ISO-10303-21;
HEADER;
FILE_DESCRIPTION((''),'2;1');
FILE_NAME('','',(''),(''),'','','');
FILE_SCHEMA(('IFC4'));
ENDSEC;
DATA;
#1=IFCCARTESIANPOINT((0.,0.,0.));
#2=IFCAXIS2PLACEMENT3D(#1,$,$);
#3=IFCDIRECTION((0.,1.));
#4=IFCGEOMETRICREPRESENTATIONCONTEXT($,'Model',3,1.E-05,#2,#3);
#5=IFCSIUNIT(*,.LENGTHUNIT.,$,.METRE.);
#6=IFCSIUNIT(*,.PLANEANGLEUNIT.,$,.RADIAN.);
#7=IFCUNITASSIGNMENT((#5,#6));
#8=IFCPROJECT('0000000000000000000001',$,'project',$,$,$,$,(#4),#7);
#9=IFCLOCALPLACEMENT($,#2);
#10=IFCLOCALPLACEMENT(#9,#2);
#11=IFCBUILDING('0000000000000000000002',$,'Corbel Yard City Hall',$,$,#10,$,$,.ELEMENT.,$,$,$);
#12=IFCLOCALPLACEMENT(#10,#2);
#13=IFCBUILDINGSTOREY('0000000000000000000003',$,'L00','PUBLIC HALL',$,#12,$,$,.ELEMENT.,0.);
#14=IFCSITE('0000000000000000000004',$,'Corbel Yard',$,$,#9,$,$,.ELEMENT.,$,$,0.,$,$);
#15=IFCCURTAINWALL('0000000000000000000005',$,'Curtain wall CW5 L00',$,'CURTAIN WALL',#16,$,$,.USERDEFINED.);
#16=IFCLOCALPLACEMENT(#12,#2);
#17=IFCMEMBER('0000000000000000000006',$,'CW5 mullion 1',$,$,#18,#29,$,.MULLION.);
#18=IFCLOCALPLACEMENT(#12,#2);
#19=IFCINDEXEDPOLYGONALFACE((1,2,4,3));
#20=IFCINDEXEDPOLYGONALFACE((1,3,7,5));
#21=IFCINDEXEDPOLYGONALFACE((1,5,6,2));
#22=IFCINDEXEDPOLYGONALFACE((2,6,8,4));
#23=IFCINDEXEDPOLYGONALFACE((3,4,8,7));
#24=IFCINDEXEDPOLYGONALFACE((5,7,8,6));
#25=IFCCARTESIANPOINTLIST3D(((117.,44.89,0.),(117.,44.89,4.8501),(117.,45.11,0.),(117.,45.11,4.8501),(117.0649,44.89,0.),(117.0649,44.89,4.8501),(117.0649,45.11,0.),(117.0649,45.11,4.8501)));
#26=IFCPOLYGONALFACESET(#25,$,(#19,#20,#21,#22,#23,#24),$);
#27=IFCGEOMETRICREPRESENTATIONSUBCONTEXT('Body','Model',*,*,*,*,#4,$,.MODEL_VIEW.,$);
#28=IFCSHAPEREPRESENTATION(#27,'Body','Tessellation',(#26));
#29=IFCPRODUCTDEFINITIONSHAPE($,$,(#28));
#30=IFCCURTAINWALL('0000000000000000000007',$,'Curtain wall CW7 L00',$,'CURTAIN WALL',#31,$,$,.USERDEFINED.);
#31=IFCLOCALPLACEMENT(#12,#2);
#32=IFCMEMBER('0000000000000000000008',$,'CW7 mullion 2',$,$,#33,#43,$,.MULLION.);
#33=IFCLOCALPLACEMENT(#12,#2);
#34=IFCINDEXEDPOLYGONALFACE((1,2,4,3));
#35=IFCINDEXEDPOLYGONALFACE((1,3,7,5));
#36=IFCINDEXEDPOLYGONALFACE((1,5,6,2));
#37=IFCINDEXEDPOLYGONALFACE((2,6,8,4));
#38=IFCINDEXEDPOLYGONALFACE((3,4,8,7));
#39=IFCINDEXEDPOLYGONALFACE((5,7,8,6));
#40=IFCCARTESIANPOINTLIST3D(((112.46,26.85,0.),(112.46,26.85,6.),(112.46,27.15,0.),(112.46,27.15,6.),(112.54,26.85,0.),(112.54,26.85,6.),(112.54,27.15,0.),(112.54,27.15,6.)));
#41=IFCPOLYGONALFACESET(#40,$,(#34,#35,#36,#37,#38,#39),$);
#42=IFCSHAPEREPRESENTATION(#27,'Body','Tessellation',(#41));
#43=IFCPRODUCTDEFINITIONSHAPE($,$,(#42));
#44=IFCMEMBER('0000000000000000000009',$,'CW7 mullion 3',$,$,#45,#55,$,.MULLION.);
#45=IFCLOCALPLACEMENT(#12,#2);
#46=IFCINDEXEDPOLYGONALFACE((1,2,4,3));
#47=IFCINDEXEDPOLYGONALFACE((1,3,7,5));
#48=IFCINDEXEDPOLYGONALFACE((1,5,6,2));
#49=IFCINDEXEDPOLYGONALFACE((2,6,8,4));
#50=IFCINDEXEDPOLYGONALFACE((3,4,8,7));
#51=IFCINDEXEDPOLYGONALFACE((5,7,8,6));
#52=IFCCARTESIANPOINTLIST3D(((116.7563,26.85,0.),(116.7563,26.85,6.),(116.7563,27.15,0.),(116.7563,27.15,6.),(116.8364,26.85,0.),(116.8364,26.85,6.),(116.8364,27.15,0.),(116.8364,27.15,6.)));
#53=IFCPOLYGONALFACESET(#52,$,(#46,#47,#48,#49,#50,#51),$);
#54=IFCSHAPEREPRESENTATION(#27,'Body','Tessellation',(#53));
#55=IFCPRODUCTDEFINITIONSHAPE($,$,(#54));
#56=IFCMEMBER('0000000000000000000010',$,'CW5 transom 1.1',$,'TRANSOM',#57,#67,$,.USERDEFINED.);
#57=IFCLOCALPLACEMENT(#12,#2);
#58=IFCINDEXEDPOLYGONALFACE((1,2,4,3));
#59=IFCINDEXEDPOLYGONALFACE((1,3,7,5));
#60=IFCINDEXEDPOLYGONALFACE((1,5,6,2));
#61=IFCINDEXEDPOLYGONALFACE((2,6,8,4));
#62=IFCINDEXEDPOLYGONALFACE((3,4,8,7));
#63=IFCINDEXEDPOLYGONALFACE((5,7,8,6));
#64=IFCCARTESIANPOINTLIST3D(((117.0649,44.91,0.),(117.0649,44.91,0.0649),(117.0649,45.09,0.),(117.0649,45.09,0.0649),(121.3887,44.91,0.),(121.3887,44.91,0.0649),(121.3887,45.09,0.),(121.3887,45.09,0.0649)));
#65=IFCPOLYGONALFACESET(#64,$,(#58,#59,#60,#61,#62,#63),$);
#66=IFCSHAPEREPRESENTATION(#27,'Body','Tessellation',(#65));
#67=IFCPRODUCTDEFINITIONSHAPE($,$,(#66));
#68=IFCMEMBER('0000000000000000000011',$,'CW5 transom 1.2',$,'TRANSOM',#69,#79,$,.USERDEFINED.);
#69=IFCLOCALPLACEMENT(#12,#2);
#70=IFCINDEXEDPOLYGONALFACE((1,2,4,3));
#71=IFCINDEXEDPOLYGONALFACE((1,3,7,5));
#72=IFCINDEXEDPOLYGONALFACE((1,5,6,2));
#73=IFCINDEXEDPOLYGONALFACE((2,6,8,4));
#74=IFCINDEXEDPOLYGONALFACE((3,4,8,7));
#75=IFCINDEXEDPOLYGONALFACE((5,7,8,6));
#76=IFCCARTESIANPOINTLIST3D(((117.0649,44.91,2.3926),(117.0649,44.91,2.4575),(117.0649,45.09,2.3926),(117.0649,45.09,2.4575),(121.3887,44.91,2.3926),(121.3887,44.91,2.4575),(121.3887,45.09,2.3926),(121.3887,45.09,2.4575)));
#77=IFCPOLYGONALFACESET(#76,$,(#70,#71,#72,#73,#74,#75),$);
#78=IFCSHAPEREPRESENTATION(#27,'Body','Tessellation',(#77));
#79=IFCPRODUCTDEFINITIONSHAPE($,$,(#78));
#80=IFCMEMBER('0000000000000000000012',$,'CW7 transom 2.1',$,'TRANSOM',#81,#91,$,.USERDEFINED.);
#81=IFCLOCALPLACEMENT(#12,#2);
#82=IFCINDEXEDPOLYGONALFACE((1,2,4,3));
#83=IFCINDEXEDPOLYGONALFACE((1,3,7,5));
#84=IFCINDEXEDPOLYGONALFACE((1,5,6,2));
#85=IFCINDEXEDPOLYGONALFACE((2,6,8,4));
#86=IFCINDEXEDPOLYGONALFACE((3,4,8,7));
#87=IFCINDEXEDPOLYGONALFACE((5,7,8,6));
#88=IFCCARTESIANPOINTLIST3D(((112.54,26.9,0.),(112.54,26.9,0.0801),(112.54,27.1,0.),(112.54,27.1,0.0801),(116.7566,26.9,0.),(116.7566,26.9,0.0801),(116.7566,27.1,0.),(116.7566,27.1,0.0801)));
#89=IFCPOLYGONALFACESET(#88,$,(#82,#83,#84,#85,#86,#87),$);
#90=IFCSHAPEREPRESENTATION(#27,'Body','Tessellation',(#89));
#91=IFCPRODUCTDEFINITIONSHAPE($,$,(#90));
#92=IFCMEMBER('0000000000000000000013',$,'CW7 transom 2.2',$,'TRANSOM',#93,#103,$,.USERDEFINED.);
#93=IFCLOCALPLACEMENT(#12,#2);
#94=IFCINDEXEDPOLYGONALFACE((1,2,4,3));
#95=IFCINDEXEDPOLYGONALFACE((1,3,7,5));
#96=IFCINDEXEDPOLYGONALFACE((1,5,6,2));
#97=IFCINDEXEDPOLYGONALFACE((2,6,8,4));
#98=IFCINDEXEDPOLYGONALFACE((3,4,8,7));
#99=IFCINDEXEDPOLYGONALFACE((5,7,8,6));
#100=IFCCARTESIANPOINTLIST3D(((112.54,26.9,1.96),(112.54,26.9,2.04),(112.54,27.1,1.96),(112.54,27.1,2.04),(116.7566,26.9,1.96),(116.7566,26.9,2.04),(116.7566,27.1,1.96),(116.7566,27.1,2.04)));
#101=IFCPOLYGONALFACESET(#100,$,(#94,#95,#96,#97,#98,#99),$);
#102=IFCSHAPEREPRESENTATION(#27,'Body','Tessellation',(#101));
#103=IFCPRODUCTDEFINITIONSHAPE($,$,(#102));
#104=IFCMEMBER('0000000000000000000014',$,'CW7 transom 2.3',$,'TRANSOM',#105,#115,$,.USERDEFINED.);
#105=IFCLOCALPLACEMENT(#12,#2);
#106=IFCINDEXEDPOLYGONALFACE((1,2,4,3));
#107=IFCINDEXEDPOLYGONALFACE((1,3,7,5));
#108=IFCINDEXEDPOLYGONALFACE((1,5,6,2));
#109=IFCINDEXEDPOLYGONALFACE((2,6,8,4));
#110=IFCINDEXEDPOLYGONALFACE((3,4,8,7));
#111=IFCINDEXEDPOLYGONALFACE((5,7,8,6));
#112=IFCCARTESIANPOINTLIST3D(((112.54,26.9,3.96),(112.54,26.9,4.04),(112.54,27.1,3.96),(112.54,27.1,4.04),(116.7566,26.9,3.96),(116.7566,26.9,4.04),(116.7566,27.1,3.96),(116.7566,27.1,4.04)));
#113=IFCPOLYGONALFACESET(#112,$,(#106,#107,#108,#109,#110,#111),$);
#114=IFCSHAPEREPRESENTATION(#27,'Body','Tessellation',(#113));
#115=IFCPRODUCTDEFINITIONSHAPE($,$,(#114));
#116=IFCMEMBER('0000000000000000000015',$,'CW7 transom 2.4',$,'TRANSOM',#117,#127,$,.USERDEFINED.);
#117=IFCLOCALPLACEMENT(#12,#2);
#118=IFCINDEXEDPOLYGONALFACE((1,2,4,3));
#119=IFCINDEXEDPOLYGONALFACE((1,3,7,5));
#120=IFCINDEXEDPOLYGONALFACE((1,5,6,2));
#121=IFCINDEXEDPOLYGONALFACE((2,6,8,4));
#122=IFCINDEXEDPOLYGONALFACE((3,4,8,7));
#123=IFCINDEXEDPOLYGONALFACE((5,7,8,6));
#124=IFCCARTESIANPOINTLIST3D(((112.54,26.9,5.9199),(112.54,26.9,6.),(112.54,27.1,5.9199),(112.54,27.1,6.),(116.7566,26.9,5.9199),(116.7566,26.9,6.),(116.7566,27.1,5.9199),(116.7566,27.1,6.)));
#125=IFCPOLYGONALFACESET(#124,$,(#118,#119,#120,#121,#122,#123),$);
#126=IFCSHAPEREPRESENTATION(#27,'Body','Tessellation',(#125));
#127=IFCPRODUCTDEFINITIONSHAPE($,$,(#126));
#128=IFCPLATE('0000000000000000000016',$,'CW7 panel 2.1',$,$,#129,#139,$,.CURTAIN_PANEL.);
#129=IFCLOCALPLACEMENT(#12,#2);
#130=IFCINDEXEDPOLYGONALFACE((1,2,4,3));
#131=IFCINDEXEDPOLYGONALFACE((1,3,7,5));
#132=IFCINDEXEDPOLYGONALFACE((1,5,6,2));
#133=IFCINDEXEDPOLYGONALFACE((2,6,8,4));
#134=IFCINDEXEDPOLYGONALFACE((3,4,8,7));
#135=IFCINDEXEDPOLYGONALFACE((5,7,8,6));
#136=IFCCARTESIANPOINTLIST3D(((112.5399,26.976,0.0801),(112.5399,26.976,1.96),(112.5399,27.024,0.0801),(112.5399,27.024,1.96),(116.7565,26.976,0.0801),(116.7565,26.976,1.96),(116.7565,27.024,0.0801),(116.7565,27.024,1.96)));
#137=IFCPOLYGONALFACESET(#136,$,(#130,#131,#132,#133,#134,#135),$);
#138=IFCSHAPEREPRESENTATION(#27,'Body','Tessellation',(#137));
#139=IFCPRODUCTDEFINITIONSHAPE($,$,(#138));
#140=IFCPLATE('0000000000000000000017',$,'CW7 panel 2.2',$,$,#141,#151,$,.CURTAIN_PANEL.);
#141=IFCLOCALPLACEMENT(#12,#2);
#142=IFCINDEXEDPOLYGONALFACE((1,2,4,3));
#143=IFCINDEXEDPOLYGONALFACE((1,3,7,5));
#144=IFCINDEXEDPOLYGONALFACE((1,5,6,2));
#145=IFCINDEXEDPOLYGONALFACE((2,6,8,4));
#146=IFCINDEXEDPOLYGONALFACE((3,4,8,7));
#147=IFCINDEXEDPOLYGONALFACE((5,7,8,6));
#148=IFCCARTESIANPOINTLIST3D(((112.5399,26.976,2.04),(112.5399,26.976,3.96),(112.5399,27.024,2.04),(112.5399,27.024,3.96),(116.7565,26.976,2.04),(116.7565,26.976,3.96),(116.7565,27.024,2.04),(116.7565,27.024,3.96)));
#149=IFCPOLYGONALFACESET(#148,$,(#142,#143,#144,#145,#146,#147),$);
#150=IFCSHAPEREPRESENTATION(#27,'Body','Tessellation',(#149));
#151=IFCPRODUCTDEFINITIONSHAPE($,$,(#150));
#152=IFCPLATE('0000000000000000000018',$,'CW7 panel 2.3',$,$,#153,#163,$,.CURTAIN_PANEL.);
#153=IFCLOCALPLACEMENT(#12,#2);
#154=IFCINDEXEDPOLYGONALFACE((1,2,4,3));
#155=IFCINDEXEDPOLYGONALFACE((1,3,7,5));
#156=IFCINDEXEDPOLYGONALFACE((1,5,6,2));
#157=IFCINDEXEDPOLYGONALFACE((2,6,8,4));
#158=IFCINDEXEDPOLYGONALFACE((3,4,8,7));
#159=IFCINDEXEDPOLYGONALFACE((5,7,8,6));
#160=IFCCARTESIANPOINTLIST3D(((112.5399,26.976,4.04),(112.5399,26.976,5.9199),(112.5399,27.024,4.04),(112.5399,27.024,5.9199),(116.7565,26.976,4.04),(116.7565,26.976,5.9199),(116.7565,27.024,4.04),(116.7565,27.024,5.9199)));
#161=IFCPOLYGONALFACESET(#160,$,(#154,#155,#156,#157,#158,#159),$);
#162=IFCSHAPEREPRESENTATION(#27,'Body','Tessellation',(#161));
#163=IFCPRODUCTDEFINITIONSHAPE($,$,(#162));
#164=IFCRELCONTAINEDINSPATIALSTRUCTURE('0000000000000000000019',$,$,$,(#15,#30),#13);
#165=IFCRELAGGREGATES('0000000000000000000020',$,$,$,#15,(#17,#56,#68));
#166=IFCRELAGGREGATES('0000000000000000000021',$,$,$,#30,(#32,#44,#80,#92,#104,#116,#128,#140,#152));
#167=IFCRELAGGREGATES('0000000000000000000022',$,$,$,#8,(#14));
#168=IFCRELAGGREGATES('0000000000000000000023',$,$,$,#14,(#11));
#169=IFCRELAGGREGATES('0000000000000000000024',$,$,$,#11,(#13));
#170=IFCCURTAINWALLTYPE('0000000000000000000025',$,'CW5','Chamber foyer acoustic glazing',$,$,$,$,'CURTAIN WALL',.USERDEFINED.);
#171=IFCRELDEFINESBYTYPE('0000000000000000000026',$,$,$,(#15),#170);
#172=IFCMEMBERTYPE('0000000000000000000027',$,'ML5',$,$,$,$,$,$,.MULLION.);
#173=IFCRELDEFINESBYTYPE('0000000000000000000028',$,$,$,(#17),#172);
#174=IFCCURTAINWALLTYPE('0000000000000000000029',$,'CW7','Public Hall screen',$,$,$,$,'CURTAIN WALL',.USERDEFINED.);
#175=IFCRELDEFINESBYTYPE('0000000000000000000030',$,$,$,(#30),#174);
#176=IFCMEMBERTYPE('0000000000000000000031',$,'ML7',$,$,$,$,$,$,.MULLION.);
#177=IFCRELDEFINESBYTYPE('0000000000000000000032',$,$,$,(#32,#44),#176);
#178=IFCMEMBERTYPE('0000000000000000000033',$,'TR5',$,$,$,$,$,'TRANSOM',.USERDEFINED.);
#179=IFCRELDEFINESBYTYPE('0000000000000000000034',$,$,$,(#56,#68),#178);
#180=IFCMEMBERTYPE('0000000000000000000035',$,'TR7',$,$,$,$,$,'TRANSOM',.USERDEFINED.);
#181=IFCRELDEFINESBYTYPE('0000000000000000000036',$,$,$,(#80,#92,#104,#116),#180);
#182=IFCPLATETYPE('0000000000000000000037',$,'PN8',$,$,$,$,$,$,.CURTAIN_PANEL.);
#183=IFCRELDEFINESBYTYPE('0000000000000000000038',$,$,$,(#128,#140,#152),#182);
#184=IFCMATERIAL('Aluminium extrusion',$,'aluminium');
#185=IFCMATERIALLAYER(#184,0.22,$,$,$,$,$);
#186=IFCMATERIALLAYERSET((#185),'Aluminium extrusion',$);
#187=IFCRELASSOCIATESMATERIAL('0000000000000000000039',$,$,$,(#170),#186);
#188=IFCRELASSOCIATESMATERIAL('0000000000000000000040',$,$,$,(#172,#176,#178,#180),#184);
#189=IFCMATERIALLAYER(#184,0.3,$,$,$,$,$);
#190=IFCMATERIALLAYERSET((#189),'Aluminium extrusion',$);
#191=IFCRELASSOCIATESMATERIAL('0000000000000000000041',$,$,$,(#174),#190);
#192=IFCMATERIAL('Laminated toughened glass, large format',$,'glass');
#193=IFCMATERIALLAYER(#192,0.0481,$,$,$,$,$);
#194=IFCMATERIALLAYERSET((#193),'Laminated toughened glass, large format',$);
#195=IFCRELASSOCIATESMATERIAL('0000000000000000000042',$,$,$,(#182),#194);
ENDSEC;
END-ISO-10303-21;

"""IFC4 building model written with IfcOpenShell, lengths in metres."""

from ifc_helpers import new_model, si_unit, direction, frame, origin, origin_2d, place, context, subcontext, project, spatial, rectangle, extrude, material, layer, layer_set, material_profile, profile_set, type_object, element, aggregate, save


model = new_model("IFC4")

# Units and contexts
model_context = context("Model", 3, precision=1e-05, world=origin(), true_north=direction((0.0, 1.0)))
body_context = subcontext(model_context, "Body", "Model", "MODEL_VIEW")
ifc_project = project(units=[si_unit("LENGTHUNIT", "METRE"), si_unit("PLANEANGLEUNIT", "RADIAN")], contexts=[model_context])

# Site, building, storey
site_placement = place(None, origin())
site = spatial("IfcSite", under=ifc_project, at=site_placement, Name="Corbel Yard", CompositionType="ELEMENT", RefElevation=0.0)
building_placement = place(site_placement, origin())
building = spatial("IfcBuilding", under=site, at=building_placement, Name="Corbel Yard City Hall", CompositionType="ELEMENT")
storey_placement = place(building_placement, origin())
storey = spatial("IfcBuildingStorey", under=building, at=storey_placement, Name="L00", Description="PUBLIC HALL", CompositionType="ELEMENT", Elevation=0.0)

# Curtain wall, member
ifc_material_1 = material(Name="Aluminium extrusion", Category="aluminium")
ifc_layer_1 = layer(ifc_material_1, 0.22)
ifc_layer_set_1 = layer_set([ifc_layer_1], Name="Aluminium extrusion")
curtain_wall_type_1 = type_object("IfcCurtainWallType", Name="CW5", Description="Chamber foyer acoustic glazing", ElementType="CURTAIN WALL", PredefinedType="USERDEFINED", material=ifc_layer_set_1)
curtain_wall_1_placement = place(storey_placement, origin())
curtain_wall_1 = element("IfcCurtainWall", 1, at=curtain_wall_1_placement, inside=storey, type_object=curtain_wall_type_1, Name="Curtain wall CW5 L00", ObjectType="CURTAIN WALL", PredefinedType="USERDEFINED")
ifc_material_profile_1 = material_profile(ifc_material_1, rectangle(XDim=0.22, YDim=0.0649, at=origin_2d()), Name="220x65")
ifc_profile_set_1 = profile_set([ifc_material_profile_1], Name="Aluminium extrusion")
member_type_1 = type_object("IfcMemberType", Name="ML5", PredefinedType="MULLION", material=ifc_profile_set_1)
member_1_placement = place(storey_placement, frame((117.0325, 45.0, 0.0), z_axis=(0.0, 0.0, 1.0), x_axis=(0.0, 1.0, 0.0)))
member_1 = element("IfcMember", 2, at=member_1_placement, type_object=member_type_1, Name="CW5 mullion 1", PredefinedType="MULLION", context=body_context, shape_type="SweptSolid", body=[
    extrude(rectangle(XDim=0.22, YDim=0.0649, at=origin_2d()), origin(), (0.0, 0.0, 1.0), 4.8501),
])

# Curtain wall, members
ifc_layer_2 = layer(ifc_material_1, 0.3)
ifc_layer_set_2 = layer_set([ifc_layer_2], Name="Aluminium extrusion")
curtain_wall_type_2 = type_object("IfcCurtainWallType", Name="CW7", Description="Public Hall screen", ElementType="CURTAIN WALL", PredefinedType="USERDEFINED", material=ifc_layer_set_2)
curtain_wall_2_placement = place(storey_placement, origin())
curtain_wall_2 = element("IfcCurtainWall", 3, at=curtain_wall_2_placement, inside=storey, type_object=curtain_wall_type_2, Name="Curtain wall CW7 L00", ObjectType="CURTAIN WALL", PredefinedType="USERDEFINED")
ifc_material_profile_2 = material_profile(ifc_material_1, rectangle(XDim=0.3, YDim=0.0801, at=origin_2d()), Name="300x80")
ifc_profile_set_2 = profile_set([ifc_material_profile_2], Name="Aluminium extrusion")
member_type_2 = type_object("IfcMemberType", Name="ML7", PredefinedType="MULLION", material=ifc_profile_set_2)
member_2_placement = place(storey_placement, frame((112.5, 27.0, 0.0), z_axis=(0.0, 0.0, 1.0), x_axis=(0.0, 1.0, 0.0)))
member_2 = element("IfcMember", 4, at=member_2_placement, type_object=member_type_2, Name="CW7 mullion 2", PredefinedType="MULLION", context=body_context, shape_type="SweptSolid", body=[
    extrude(rectangle(XDim=0.3, YDim=0.0801, at=origin_2d()), origin(), (0.0, 0.0, 1.0), 6.0),
])
member_3_placement = place(storey_placement, frame((116.7964, 27.0, 0.0), z_axis=(0.0, 0.0, 1.0), x_axis=(0.0, 1.0, 0.0)))
member_3 = element("IfcMember", 5, at=member_3_placement, type_object=member_type_2, Name="CW7 mullion 3", PredefinedType="MULLION", context=body_context, shape_type="SweptSolid", body=[
    extrude(rectangle(XDim=0.3, YDim=0.0801, at=origin_2d()), origin(), (0.0, 0.0, 1.0), 6.0),
])

# Members
ifc_material_profile_3 = material_profile(ifc_material_1, rectangle(XDim=0.1799, YDim=0.0649, at=origin_2d()), Name="180x65")
ifc_profile_set_3 = profile_set([ifc_material_profile_3], Name="Aluminium extrusion")
member_type_3 = type_object("IfcMemberType", Name="TR5", ElementType="TRANSOM", PredefinedType="USERDEFINED", material=ifc_profile_set_3)
member_4_placement = place(storey_placement, frame((117.0649, 45.0, 0.0325), z_axis=(1.0, 0.0, 0.0), x_axis=(0.0, 1.0, 0.0)))
member_4 = element("IfcMember", 6, at=member_4_placement, type_object=member_type_3, Name="CW5 transom 1.1", ObjectType="TRANSOM", PredefinedType="USERDEFINED", context=body_context, shape_type="SweptSolid", body=[
    extrude(rectangle(XDim=0.1799, YDim=0.0649, at=origin_2d()), origin(), (0.0, 0.0, 1.0), 4.3237),
])
member_5_placement = place(storey_placement, frame((117.0649, 45.0, 2.425), z_axis=(1.0, 0.0, 0.0), x_axis=(0.0, 1.0, 0.0)))
member_5 = element("IfcMember", 7, at=member_5_placement, type_object=member_type_3, Name="CW5 transom 1.2", ObjectType="TRANSOM", PredefinedType="USERDEFINED", context=body_context, shape_type="SweptSolid", body=[
    extrude(rectangle(XDim=0.1799, YDim=0.0649, at=origin_2d()), origin(), (0.0, 0.0, 1.0), 4.3237),
])
aggregate(curtain_wall_1, [member_1, member_4, member_5])
ifc_material_profile_4 = material_profile(ifc_material_1, rectangle(XDim=0.2, YDim=0.0801, at=origin_2d()), Name="200x80")
ifc_profile_set_4 = profile_set([ifc_material_profile_4], Name="Aluminium extrusion")
member_type_4 = type_object("IfcMemberType", Name="TR7", ElementType="TRANSOM", PredefinedType="USERDEFINED", material=ifc_profile_set_4)
member_6_placement = place(storey_placement, frame((112.54, 27.0, 0.04), z_axis=(1.0, 0.0, 0.0), x_axis=(0.0, 1.0, 0.0)))
member_6 = element("IfcMember", 8, at=member_6_placement, type_object=member_type_4, Name="CW7 transom 2.1", ObjectType="TRANSOM", PredefinedType="USERDEFINED", context=body_context, shape_type="SweptSolid", body=[
    extrude(rectangle(XDim=0.2, YDim=0.0801, at=origin_2d()), origin(), (0.0, 0.0, 1.0), 4.2166),
])
member_7_placement = place(storey_placement, frame((112.54, 27.0, 2.0), z_axis=(1.0, 0.0, 0.0), x_axis=(0.0, 1.0, 0.0)))
member_7 = element("IfcMember", 9, at=member_7_placement, type_object=member_type_4, Name="CW7 transom 2.2", ObjectType="TRANSOM", PredefinedType="USERDEFINED", context=body_context, shape_type="SweptSolid", body=[
    extrude(rectangle(XDim=0.2, YDim=0.0801, at=origin_2d()), origin(), (0.0, 0.0, 1.0), 4.2166),
])
member_8_placement = place(storey_placement, frame((112.54, 27.0, 4.0), z_axis=(1.0, 0.0, 0.0), x_axis=(0.0, 1.0, 0.0)))
member_8 = element("IfcMember", 10, at=member_8_placement, type_object=member_type_4, Name="CW7 transom 2.3", ObjectType="TRANSOM", PredefinedType="USERDEFINED", context=body_context, shape_type="SweptSolid", body=[
    extrude(rectangle(XDim=0.2, YDim=0.0801, at=origin_2d()), origin(), (0.0, 0.0, 1.0), 4.2166),
])
member_9_placement = place(storey_placement, frame((112.54, 27.0, 5.96), z_axis=(1.0, 0.0, 0.0), x_axis=(0.0, 1.0, 0.0)))
member_9 = element("IfcMember", 11, at=member_9_placement, type_object=member_type_4, Name="CW7 transom 2.4", ObjectType="TRANSOM", PredefinedType="USERDEFINED", context=body_context, shape_type="SweptSolid", body=[
    extrude(rectangle(XDim=0.2, YDim=0.0801, at=origin_2d()), origin(), (0.0, 0.0, 1.0), 4.2166),
])

# Plates
ifc_material_2 = material(Name="Laminated toughened glass, large format", Category="glass")
ifc_layer_3 = layer(ifc_material_2, 0.0481)
ifc_layer_set_3 = layer_set([ifc_layer_3], Name="Laminated toughened glass, large format")
plate_type = type_object("IfcPlateType", Name="PN8", PredefinedType="CURTAIN_PANEL", material=ifc_layer_set_3)
plate_1_placement = place(storey_placement, frame((114.6482, 27.0, 0.0801), z_axis=(0.0, 0.0, 1.0), x_axis=(1.0, 0.0, 0.0)))
plate_1 = element("IfcPlate", 12, at=plate_1_placement, type_object=plate_type, Name="CW7 panel 2.1", PredefinedType="CURTAIN_PANEL", context=body_context, shape_type="SweptSolid", body=[
    extrude(rectangle(XDim=4.2166, YDim=0.0481, at=origin_2d()), origin(), (0.0, 0.0, 1.0), 1.8799),
])
plate_2_placement = place(storey_placement, frame((114.6482, 27.0, 2.04), z_axis=(0.0, 0.0, 1.0), x_axis=(1.0, 0.0, 0.0)))
plate_2 = element("IfcPlate", 13, at=plate_2_placement, type_object=plate_type, Name="CW7 panel 2.2", PredefinedType="CURTAIN_PANEL", context=body_context, shape_type="SweptSolid", body=[
    extrude(rectangle(XDim=4.2166, YDim=0.0481, at=origin_2d()), origin(), (0.0, 0.0, 1.0), 1.9199),
])
plate_3_placement = place(storey_placement, frame((114.6482, 27.0, 4.04), z_axis=(0.0, 0.0, 1.0), x_axis=(1.0, 0.0, 0.0)))
plate_3 = element("IfcPlate", 14, at=plate_3_placement, type_object=plate_type, Name="CW7 panel 2.3", PredefinedType="CURTAIN_PANEL", context=body_context, shape_type="SweptSolid", body=[
    extrude(rectangle(XDim=4.2166, YDim=0.0481, at=origin_2d()), origin(), (0.0, 0.0, 1.0), 1.8799),
])
aggregate(curtain_wall_2, [member_2, member_3, member_6, member_7, member_8, member_9, plate_1, plate_2, plate_3])

save(model, "model.ifc")
